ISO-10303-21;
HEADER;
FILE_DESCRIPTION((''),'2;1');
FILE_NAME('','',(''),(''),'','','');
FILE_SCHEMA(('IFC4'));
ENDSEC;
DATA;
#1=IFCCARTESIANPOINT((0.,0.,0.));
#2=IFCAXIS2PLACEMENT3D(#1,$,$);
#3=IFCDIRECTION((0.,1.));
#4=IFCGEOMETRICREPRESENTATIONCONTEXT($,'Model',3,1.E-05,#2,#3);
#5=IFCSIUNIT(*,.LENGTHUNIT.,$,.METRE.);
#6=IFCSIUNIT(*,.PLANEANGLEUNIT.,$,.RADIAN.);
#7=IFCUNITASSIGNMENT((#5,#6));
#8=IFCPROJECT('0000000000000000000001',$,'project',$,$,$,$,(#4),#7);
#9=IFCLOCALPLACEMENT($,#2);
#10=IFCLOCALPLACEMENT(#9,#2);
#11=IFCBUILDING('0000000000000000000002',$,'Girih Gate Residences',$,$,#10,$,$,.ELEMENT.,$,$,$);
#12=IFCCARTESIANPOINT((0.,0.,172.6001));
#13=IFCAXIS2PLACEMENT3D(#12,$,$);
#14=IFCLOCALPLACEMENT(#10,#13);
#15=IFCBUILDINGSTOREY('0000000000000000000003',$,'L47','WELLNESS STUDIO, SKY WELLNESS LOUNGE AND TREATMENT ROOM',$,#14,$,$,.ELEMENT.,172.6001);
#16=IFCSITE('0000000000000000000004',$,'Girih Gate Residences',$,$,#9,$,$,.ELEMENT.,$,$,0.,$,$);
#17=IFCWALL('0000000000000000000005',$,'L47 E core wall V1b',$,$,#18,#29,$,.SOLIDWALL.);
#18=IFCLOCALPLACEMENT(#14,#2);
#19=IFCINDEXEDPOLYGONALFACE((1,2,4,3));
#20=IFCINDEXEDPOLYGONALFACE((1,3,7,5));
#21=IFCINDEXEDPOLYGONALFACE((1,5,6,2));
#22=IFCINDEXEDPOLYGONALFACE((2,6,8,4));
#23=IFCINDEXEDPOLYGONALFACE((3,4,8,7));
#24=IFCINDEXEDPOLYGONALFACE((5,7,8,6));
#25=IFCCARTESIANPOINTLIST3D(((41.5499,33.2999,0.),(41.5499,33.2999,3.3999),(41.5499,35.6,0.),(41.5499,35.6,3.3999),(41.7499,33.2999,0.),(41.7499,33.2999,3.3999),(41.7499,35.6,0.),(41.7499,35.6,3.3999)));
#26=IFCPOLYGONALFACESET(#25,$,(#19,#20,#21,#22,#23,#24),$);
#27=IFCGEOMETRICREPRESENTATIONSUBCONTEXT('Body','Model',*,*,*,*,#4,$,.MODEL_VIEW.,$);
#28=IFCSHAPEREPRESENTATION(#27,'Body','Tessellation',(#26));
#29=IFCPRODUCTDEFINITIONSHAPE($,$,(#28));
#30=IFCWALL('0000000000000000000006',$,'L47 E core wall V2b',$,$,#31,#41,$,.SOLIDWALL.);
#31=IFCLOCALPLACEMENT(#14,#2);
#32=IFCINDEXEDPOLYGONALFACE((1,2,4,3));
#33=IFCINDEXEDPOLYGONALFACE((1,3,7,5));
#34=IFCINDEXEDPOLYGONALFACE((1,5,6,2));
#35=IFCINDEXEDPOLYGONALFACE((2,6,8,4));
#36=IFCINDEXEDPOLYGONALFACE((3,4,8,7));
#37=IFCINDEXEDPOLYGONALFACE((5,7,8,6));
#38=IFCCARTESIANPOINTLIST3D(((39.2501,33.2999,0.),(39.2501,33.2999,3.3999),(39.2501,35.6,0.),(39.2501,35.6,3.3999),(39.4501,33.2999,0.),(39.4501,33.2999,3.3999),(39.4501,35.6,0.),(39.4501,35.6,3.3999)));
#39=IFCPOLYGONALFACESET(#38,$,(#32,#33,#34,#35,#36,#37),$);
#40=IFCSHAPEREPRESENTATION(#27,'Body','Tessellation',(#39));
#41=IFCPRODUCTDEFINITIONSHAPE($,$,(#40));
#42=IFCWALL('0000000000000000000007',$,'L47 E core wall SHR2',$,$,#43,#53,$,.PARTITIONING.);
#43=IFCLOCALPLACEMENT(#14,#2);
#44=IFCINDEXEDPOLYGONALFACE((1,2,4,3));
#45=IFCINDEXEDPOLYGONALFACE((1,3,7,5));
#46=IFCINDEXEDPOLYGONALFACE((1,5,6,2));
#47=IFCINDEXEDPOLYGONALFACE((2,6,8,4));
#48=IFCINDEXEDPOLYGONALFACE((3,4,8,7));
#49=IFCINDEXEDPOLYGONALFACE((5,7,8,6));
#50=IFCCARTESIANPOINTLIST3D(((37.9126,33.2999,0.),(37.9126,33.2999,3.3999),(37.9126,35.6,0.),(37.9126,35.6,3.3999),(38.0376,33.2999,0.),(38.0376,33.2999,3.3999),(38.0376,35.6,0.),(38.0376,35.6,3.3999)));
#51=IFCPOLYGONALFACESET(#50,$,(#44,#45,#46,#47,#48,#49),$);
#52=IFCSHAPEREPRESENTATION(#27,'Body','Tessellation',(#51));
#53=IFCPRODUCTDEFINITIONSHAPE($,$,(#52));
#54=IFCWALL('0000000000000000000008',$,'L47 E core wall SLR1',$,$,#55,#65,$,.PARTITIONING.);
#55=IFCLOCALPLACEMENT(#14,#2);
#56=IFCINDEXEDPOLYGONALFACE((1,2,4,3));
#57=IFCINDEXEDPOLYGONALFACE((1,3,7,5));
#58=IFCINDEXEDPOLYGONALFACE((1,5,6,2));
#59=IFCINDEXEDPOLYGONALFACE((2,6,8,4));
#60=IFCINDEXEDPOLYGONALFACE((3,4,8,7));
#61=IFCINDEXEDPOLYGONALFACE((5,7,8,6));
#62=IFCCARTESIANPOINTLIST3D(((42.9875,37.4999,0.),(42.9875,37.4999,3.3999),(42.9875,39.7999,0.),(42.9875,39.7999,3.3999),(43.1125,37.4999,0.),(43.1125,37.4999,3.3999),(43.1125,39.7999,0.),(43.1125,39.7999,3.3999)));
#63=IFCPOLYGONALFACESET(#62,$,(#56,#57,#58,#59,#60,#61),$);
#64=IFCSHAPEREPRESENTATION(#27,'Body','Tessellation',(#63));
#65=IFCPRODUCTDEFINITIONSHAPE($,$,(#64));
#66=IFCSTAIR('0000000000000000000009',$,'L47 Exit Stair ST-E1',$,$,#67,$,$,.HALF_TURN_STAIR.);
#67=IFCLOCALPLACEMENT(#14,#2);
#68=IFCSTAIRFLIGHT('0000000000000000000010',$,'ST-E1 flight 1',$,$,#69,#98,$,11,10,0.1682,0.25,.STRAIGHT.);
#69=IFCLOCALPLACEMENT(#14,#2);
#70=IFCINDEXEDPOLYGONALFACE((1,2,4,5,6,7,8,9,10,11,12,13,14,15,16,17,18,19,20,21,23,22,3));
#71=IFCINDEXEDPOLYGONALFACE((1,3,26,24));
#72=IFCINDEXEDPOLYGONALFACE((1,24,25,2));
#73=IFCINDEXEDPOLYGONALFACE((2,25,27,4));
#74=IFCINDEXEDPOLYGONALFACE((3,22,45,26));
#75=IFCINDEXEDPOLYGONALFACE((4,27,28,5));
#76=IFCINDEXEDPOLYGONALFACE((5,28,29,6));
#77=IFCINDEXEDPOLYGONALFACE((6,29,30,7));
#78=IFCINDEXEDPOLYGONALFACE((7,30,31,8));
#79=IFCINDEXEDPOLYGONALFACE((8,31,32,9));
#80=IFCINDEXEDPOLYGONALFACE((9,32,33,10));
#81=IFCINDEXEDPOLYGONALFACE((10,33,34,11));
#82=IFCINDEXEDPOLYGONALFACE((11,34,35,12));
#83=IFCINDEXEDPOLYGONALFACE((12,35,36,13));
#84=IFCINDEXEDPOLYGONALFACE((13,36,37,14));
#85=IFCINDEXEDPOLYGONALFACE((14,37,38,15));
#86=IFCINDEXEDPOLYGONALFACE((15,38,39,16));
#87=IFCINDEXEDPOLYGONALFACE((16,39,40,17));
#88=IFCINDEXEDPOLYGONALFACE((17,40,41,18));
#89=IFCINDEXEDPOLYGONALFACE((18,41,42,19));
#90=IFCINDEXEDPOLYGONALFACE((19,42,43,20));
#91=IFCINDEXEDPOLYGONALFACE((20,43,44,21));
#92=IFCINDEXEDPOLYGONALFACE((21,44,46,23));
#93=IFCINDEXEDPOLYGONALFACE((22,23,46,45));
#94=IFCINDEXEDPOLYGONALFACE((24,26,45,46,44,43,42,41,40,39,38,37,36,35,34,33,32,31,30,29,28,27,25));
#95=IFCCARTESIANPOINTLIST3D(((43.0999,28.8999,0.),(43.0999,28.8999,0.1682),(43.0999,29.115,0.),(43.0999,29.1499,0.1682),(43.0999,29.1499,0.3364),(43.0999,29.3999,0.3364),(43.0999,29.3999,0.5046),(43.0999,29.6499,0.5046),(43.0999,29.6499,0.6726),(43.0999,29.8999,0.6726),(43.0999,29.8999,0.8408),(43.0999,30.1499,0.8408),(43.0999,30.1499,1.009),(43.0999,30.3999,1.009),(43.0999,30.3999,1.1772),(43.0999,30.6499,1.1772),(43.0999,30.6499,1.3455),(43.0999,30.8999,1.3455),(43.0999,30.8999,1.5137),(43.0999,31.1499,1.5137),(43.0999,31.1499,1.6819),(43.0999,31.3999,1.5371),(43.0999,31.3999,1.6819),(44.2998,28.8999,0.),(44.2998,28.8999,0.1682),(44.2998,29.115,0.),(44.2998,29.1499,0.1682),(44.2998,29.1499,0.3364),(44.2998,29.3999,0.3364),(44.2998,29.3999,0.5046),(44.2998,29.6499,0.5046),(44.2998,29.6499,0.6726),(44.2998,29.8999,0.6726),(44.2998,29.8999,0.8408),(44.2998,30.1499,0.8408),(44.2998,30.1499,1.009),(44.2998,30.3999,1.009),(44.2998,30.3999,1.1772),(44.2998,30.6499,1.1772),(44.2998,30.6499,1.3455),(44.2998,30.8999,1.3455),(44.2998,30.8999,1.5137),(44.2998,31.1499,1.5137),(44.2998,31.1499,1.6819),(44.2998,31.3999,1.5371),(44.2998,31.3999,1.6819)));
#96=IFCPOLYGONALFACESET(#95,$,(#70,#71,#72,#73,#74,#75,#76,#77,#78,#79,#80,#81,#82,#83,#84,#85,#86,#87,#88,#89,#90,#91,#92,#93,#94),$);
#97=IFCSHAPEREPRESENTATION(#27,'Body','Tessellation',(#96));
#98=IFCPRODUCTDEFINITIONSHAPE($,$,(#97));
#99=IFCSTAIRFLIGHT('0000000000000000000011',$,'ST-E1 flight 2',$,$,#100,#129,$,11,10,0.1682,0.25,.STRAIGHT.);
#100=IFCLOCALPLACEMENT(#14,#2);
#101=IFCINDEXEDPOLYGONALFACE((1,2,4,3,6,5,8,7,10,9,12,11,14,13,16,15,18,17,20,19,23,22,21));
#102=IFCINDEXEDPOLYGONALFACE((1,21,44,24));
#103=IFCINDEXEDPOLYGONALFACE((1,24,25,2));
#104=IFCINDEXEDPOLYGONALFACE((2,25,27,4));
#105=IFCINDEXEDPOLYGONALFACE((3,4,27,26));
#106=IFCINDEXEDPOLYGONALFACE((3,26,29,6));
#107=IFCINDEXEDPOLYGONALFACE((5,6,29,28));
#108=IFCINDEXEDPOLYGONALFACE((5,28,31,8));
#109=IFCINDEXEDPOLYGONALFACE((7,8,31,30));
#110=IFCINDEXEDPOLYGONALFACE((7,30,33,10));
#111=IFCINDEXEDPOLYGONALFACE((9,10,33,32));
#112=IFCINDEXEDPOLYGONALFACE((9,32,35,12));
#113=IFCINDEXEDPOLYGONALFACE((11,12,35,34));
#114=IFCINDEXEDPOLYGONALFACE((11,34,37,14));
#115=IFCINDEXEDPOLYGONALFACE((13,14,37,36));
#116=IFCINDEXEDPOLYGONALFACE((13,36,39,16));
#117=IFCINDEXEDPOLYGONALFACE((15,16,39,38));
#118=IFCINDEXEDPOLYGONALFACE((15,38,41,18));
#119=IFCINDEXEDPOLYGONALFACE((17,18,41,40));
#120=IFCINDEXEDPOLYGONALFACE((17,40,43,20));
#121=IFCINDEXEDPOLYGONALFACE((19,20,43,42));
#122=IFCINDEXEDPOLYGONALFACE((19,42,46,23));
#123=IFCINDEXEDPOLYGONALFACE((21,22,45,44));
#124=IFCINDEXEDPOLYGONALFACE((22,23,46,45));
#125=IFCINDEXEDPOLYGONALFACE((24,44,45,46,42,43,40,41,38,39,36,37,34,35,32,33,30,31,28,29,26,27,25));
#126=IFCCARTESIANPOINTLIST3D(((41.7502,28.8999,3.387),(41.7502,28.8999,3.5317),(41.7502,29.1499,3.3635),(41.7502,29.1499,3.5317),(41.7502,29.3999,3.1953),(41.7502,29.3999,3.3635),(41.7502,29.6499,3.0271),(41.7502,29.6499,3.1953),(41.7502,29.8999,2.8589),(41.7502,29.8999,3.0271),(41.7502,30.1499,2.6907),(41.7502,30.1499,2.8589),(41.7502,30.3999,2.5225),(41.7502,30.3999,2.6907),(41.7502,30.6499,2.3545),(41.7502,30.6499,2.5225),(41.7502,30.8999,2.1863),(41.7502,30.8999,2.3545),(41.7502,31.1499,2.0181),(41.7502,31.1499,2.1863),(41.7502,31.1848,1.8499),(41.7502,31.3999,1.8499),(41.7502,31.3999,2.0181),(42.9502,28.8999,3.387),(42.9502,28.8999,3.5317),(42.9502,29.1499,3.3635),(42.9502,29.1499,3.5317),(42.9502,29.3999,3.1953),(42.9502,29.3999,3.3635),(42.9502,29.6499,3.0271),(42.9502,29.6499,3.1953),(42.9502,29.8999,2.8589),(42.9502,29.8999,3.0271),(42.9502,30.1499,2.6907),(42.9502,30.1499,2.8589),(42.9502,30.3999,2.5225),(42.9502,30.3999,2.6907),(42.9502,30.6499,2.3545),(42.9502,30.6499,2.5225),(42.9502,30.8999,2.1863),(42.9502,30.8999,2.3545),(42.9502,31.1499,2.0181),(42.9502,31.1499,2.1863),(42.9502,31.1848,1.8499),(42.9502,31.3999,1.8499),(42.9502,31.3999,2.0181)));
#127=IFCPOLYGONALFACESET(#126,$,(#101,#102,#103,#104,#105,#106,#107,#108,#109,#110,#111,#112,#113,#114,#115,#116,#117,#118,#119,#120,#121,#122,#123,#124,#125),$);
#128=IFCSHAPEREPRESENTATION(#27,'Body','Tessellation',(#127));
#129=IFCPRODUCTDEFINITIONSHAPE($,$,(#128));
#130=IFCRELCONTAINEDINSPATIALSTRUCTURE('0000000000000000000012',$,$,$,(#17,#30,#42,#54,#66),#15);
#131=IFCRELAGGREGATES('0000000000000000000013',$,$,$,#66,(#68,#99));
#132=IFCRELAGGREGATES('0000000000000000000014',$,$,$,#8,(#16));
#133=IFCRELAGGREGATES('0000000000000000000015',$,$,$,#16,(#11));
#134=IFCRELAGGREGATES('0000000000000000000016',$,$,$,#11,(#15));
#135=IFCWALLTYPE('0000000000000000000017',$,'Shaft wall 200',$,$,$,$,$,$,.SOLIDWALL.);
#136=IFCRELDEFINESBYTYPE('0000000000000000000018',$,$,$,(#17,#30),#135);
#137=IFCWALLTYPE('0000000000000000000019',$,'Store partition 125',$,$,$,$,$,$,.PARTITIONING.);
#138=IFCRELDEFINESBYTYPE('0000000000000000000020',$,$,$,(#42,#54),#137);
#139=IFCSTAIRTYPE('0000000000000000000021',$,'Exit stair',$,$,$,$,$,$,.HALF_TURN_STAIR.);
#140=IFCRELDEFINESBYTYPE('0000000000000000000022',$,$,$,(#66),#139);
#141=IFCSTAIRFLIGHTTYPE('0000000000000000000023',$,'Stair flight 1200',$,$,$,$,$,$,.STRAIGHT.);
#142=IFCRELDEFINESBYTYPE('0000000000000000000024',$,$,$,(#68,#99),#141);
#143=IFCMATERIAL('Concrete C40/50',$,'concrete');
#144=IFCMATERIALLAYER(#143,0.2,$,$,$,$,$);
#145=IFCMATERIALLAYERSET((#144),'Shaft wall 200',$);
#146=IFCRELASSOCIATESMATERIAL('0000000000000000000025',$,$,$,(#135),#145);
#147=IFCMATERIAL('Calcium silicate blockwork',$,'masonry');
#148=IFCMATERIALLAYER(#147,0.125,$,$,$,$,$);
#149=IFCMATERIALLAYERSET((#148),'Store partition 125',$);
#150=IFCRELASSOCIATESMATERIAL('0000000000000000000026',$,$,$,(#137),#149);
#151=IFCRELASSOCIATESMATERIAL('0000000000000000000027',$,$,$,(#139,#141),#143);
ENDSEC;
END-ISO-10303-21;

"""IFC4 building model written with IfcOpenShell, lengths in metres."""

from ifc_helpers import new_model, si_unit, direction, frame, frame_2d, origin, place, context, subcontext, project, spatial, polyline, rectangle, outline, extrude, material, layer, layer_set, type_object, element, aggregate, save


model = new_model("IFC4")

# Units and contexts
model_context = context("Model", 3, precision=1e-05, world=origin(), true_north=direction((0.0, 1.0)))
body_context = subcontext(model_context, "Body", "Model", "MODEL_VIEW")
ifc_project = project(units=[si_unit("LENGTHUNIT", "METRE"), si_unit("PLANEANGLEUNIT", "RADIAN")], contexts=[model_context])

# Site, building, storey
site_placement = place(None, origin())
site = spatial("IfcSite", under=ifc_project, at=site_placement, Name="Girih Gate Residences", CompositionType="ELEMENT", RefElevation=0.0)
building_placement = place(site_placement, origin())
building = spatial("IfcBuilding", under=site, at=building_placement, Name="Girih Gate Residences", CompositionType="ELEMENT")
storey_placement = place(building_placement, frame((0.0, 0.0, 172.6001)))
storey = spatial("IfcBuildingStorey", under=building, at=storey_placement, Name="L47", Description="WELLNESS STUDIO, SKY WELLNESS LOUNGE AND TREATMENT ROOM", CompositionType="ELEMENT", Elevation=172.6001)

# Walls
ifc_material_1 = material(Name="Concrete C40/50", Category="concrete")
ifc_layer_1 = layer(ifc_material_1, 0.2)
ifc_layer_set_1 = layer_set([ifc_layer_1], Name="Shaft wall 200")
wall_type_1 = type_object("IfcWallType", Name="Shaft wall 200", PredefinedType="SOLIDWALL", material=ifc_layer_set_1)
for number, where, z_axis, x_axis, name in (
    (1, (41.6499, 33.3, 0.0), (0.0, 0.0, 1.0), (0.0, 1.0, 0.0), "L47 E core wall V1b"),
    (2, (39.3501, 33.3, 0.0), (0.0, 0.0, 1.0), (0.0, 1.0, 0.0), "L47 E core wall V2b"),
):
    element("IfcWall", number, at=place(storey_placement, frame(where, z_axis=z_axis, x_axis=x_axis)), inside=storey, type_object=wall_type_1, Name=name, PredefinedType="SOLIDWALL", context=body_context, shape_type="SweptSolid", body=[
        extrude(rectangle(XDim=2.3, YDim=0.2, at=frame_2d((1.1499, 0.0))), origin(), (0.0, 0.0, 1.0), 3.3999),
    ])
ifc_material_2 = material(Name="Calcium silicate blockwork", Category="masonry")
ifc_layer_2 = layer(ifc_material_2, 0.125)
ifc_layer_set_2 = layer_set([ifc_layer_2], Name="Store partition 125")
wall_type_2 = type_object("IfcWallType", Name="Store partition 125", PredefinedType="PARTITIONING", material=ifc_layer_set_2)
for number, where, z_axis, x_axis, name in (
    (3, (37.9751, 33.3, 0.0), (0.0, 0.0, 1.0), (0.0, 1.0, 0.0), "L47 E core wall SHR2"),
    (4, (43.05, 37.5, 0.0), (0.0, 0.0, 1.0), (0.0, 1.0, 0.0), "L47 E core wall SLR1"),
):
    element("IfcWall", number, at=place(storey_placement, frame(where, z_axis=z_axis, x_axis=x_axis)), inside=storey, type_object=wall_type_2, Name=name, PredefinedType="PARTITIONING", context=body_context, shape_type="SweptSolid", body=[
        extrude(rectangle(XDim=2.3, YDim=0.125, at=frame_2d((1.1499, 0.0))), origin(), (0.0, 0.0, 1.0), 3.3999),
    ])

# Stair, stair flights
stair_type = type_object("IfcStairType", Name="Exit stair", PredefinedType="HALF_TURN_STAIR", material=ifc_material_1)
stair_placement = place(storey_placement, origin())
stair = element("IfcStair", 5, at=stair_placement, inside=storey, type_object=stair_type, Name="L47 Exit Stair ST-E1", PredefinedType="HALF_TURN_STAIR")
stair_flight_type = type_object("IfcStairFlightType", Name="Stair flight 1200", PredefinedType="STRAIGHT", material=ifc_material_1)
stair_flight_1_placement = place(storey_placement, frame((43.7, 28.8999, 0.0), z_axis=(0.0, 0.0, 1.0), x_axis=(0.0, 1.0, 0.0)))
stair_flight_1 = element("IfcStairFlight", 6, at=stair_flight_1_placement, type_object=stair_flight_type, Name="ST-E1 flight 1", NumberOfRisers=11, NumberOfTreads=10, PredefinedType="STRAIGHT", RiserHeight=0.1682, TreadLength=0.25, context=body_context, shape_type="SweptSolid", body=[
    extrude(outline(polyline([(0.0, 0.0), (0.0, 0.1682), (0.25, 0.1682), (0.25, 0.3364), (0.5, 0.3364), (0.5, 0.5046), (0.75, 0.5046), (0.75, 0.6726), (1.0, 0.6726), (1.0, 0.8408), (1.25, 0.8408), (1.25, 1.009), (1.5, 1.009), (1.5, 1.1772), (1.75, 1.1772), (1.75, 1.3455), (2.0, 1.3455), (2.0, 1.5137), (2.25, 1.5137), (2.25, 1.6819), (2.5, 1.6819), (2.5, 1.8501), (2.5, 1.5371), (0.2151, 0.0), (0.0, 0.0)])), frame((0.0, 0.6001, 0.0), z_axis=(0.0, -1.0, 0.0), x_axis=(1.0, 0.0, 0.0)), (0.0, 0.0, 1.0), 1.2),
])
stair_flight_2_placement = place(storey_placement, frame((42.3501, 31.3999, 1.8499), z_axis=(0.0, 0.0, 1.0), x_axis=(0.0, -1.0, 0.0)))
stair_flight_2 = element("IfcStairFlight", 7, at=stair_flight_2_placement, type_object=stair_flight_type, Name="ST-E1 flight 2", NumberOfRisers=11, NumberOfTreads=10, PredefinedType="STRAIGHT", RiserHeight=0.1682, TreadLength=0.25, context=body_context, shape_type="SweptSolid", body=[
    extrude(outline(polyline([(0.0, 0.0), (0.0, 0.1682), (0.25, 0.1682), (0.25, 0.3364), (0.5, 0.3364), (0.5, 0.5046), (0.75, 0.5046), (0.75, 0.6726), (1.0, 0.6726), (1.0, 0.8408), (1.25, 0.8408), (1.25, 1.009), (1.5, 1.009), (1.5, 1.1772), (1.75, 1.1772), (1.75, 1.3455), (2.0, 1.3455), (2.0, 1.5137), (2.25, 1.5137), (2.25, 1.6819), (2.5, 1.6819), (2.5, 1.8501), (2.5, 1.5371), (0.2151, 0.0), (0.0, 0.0)])), frame((0.0, 0.6001, 0.0), z_axis=(0.0, -1.0, 0.0), x_axis=(1.0, 0.0, 0.0)), (0.0, 0.0, 1.0), 1.2),
])
aggregate(stair, [stair_flight_1, stair_flight_2])

save(model, "model.ifc")
